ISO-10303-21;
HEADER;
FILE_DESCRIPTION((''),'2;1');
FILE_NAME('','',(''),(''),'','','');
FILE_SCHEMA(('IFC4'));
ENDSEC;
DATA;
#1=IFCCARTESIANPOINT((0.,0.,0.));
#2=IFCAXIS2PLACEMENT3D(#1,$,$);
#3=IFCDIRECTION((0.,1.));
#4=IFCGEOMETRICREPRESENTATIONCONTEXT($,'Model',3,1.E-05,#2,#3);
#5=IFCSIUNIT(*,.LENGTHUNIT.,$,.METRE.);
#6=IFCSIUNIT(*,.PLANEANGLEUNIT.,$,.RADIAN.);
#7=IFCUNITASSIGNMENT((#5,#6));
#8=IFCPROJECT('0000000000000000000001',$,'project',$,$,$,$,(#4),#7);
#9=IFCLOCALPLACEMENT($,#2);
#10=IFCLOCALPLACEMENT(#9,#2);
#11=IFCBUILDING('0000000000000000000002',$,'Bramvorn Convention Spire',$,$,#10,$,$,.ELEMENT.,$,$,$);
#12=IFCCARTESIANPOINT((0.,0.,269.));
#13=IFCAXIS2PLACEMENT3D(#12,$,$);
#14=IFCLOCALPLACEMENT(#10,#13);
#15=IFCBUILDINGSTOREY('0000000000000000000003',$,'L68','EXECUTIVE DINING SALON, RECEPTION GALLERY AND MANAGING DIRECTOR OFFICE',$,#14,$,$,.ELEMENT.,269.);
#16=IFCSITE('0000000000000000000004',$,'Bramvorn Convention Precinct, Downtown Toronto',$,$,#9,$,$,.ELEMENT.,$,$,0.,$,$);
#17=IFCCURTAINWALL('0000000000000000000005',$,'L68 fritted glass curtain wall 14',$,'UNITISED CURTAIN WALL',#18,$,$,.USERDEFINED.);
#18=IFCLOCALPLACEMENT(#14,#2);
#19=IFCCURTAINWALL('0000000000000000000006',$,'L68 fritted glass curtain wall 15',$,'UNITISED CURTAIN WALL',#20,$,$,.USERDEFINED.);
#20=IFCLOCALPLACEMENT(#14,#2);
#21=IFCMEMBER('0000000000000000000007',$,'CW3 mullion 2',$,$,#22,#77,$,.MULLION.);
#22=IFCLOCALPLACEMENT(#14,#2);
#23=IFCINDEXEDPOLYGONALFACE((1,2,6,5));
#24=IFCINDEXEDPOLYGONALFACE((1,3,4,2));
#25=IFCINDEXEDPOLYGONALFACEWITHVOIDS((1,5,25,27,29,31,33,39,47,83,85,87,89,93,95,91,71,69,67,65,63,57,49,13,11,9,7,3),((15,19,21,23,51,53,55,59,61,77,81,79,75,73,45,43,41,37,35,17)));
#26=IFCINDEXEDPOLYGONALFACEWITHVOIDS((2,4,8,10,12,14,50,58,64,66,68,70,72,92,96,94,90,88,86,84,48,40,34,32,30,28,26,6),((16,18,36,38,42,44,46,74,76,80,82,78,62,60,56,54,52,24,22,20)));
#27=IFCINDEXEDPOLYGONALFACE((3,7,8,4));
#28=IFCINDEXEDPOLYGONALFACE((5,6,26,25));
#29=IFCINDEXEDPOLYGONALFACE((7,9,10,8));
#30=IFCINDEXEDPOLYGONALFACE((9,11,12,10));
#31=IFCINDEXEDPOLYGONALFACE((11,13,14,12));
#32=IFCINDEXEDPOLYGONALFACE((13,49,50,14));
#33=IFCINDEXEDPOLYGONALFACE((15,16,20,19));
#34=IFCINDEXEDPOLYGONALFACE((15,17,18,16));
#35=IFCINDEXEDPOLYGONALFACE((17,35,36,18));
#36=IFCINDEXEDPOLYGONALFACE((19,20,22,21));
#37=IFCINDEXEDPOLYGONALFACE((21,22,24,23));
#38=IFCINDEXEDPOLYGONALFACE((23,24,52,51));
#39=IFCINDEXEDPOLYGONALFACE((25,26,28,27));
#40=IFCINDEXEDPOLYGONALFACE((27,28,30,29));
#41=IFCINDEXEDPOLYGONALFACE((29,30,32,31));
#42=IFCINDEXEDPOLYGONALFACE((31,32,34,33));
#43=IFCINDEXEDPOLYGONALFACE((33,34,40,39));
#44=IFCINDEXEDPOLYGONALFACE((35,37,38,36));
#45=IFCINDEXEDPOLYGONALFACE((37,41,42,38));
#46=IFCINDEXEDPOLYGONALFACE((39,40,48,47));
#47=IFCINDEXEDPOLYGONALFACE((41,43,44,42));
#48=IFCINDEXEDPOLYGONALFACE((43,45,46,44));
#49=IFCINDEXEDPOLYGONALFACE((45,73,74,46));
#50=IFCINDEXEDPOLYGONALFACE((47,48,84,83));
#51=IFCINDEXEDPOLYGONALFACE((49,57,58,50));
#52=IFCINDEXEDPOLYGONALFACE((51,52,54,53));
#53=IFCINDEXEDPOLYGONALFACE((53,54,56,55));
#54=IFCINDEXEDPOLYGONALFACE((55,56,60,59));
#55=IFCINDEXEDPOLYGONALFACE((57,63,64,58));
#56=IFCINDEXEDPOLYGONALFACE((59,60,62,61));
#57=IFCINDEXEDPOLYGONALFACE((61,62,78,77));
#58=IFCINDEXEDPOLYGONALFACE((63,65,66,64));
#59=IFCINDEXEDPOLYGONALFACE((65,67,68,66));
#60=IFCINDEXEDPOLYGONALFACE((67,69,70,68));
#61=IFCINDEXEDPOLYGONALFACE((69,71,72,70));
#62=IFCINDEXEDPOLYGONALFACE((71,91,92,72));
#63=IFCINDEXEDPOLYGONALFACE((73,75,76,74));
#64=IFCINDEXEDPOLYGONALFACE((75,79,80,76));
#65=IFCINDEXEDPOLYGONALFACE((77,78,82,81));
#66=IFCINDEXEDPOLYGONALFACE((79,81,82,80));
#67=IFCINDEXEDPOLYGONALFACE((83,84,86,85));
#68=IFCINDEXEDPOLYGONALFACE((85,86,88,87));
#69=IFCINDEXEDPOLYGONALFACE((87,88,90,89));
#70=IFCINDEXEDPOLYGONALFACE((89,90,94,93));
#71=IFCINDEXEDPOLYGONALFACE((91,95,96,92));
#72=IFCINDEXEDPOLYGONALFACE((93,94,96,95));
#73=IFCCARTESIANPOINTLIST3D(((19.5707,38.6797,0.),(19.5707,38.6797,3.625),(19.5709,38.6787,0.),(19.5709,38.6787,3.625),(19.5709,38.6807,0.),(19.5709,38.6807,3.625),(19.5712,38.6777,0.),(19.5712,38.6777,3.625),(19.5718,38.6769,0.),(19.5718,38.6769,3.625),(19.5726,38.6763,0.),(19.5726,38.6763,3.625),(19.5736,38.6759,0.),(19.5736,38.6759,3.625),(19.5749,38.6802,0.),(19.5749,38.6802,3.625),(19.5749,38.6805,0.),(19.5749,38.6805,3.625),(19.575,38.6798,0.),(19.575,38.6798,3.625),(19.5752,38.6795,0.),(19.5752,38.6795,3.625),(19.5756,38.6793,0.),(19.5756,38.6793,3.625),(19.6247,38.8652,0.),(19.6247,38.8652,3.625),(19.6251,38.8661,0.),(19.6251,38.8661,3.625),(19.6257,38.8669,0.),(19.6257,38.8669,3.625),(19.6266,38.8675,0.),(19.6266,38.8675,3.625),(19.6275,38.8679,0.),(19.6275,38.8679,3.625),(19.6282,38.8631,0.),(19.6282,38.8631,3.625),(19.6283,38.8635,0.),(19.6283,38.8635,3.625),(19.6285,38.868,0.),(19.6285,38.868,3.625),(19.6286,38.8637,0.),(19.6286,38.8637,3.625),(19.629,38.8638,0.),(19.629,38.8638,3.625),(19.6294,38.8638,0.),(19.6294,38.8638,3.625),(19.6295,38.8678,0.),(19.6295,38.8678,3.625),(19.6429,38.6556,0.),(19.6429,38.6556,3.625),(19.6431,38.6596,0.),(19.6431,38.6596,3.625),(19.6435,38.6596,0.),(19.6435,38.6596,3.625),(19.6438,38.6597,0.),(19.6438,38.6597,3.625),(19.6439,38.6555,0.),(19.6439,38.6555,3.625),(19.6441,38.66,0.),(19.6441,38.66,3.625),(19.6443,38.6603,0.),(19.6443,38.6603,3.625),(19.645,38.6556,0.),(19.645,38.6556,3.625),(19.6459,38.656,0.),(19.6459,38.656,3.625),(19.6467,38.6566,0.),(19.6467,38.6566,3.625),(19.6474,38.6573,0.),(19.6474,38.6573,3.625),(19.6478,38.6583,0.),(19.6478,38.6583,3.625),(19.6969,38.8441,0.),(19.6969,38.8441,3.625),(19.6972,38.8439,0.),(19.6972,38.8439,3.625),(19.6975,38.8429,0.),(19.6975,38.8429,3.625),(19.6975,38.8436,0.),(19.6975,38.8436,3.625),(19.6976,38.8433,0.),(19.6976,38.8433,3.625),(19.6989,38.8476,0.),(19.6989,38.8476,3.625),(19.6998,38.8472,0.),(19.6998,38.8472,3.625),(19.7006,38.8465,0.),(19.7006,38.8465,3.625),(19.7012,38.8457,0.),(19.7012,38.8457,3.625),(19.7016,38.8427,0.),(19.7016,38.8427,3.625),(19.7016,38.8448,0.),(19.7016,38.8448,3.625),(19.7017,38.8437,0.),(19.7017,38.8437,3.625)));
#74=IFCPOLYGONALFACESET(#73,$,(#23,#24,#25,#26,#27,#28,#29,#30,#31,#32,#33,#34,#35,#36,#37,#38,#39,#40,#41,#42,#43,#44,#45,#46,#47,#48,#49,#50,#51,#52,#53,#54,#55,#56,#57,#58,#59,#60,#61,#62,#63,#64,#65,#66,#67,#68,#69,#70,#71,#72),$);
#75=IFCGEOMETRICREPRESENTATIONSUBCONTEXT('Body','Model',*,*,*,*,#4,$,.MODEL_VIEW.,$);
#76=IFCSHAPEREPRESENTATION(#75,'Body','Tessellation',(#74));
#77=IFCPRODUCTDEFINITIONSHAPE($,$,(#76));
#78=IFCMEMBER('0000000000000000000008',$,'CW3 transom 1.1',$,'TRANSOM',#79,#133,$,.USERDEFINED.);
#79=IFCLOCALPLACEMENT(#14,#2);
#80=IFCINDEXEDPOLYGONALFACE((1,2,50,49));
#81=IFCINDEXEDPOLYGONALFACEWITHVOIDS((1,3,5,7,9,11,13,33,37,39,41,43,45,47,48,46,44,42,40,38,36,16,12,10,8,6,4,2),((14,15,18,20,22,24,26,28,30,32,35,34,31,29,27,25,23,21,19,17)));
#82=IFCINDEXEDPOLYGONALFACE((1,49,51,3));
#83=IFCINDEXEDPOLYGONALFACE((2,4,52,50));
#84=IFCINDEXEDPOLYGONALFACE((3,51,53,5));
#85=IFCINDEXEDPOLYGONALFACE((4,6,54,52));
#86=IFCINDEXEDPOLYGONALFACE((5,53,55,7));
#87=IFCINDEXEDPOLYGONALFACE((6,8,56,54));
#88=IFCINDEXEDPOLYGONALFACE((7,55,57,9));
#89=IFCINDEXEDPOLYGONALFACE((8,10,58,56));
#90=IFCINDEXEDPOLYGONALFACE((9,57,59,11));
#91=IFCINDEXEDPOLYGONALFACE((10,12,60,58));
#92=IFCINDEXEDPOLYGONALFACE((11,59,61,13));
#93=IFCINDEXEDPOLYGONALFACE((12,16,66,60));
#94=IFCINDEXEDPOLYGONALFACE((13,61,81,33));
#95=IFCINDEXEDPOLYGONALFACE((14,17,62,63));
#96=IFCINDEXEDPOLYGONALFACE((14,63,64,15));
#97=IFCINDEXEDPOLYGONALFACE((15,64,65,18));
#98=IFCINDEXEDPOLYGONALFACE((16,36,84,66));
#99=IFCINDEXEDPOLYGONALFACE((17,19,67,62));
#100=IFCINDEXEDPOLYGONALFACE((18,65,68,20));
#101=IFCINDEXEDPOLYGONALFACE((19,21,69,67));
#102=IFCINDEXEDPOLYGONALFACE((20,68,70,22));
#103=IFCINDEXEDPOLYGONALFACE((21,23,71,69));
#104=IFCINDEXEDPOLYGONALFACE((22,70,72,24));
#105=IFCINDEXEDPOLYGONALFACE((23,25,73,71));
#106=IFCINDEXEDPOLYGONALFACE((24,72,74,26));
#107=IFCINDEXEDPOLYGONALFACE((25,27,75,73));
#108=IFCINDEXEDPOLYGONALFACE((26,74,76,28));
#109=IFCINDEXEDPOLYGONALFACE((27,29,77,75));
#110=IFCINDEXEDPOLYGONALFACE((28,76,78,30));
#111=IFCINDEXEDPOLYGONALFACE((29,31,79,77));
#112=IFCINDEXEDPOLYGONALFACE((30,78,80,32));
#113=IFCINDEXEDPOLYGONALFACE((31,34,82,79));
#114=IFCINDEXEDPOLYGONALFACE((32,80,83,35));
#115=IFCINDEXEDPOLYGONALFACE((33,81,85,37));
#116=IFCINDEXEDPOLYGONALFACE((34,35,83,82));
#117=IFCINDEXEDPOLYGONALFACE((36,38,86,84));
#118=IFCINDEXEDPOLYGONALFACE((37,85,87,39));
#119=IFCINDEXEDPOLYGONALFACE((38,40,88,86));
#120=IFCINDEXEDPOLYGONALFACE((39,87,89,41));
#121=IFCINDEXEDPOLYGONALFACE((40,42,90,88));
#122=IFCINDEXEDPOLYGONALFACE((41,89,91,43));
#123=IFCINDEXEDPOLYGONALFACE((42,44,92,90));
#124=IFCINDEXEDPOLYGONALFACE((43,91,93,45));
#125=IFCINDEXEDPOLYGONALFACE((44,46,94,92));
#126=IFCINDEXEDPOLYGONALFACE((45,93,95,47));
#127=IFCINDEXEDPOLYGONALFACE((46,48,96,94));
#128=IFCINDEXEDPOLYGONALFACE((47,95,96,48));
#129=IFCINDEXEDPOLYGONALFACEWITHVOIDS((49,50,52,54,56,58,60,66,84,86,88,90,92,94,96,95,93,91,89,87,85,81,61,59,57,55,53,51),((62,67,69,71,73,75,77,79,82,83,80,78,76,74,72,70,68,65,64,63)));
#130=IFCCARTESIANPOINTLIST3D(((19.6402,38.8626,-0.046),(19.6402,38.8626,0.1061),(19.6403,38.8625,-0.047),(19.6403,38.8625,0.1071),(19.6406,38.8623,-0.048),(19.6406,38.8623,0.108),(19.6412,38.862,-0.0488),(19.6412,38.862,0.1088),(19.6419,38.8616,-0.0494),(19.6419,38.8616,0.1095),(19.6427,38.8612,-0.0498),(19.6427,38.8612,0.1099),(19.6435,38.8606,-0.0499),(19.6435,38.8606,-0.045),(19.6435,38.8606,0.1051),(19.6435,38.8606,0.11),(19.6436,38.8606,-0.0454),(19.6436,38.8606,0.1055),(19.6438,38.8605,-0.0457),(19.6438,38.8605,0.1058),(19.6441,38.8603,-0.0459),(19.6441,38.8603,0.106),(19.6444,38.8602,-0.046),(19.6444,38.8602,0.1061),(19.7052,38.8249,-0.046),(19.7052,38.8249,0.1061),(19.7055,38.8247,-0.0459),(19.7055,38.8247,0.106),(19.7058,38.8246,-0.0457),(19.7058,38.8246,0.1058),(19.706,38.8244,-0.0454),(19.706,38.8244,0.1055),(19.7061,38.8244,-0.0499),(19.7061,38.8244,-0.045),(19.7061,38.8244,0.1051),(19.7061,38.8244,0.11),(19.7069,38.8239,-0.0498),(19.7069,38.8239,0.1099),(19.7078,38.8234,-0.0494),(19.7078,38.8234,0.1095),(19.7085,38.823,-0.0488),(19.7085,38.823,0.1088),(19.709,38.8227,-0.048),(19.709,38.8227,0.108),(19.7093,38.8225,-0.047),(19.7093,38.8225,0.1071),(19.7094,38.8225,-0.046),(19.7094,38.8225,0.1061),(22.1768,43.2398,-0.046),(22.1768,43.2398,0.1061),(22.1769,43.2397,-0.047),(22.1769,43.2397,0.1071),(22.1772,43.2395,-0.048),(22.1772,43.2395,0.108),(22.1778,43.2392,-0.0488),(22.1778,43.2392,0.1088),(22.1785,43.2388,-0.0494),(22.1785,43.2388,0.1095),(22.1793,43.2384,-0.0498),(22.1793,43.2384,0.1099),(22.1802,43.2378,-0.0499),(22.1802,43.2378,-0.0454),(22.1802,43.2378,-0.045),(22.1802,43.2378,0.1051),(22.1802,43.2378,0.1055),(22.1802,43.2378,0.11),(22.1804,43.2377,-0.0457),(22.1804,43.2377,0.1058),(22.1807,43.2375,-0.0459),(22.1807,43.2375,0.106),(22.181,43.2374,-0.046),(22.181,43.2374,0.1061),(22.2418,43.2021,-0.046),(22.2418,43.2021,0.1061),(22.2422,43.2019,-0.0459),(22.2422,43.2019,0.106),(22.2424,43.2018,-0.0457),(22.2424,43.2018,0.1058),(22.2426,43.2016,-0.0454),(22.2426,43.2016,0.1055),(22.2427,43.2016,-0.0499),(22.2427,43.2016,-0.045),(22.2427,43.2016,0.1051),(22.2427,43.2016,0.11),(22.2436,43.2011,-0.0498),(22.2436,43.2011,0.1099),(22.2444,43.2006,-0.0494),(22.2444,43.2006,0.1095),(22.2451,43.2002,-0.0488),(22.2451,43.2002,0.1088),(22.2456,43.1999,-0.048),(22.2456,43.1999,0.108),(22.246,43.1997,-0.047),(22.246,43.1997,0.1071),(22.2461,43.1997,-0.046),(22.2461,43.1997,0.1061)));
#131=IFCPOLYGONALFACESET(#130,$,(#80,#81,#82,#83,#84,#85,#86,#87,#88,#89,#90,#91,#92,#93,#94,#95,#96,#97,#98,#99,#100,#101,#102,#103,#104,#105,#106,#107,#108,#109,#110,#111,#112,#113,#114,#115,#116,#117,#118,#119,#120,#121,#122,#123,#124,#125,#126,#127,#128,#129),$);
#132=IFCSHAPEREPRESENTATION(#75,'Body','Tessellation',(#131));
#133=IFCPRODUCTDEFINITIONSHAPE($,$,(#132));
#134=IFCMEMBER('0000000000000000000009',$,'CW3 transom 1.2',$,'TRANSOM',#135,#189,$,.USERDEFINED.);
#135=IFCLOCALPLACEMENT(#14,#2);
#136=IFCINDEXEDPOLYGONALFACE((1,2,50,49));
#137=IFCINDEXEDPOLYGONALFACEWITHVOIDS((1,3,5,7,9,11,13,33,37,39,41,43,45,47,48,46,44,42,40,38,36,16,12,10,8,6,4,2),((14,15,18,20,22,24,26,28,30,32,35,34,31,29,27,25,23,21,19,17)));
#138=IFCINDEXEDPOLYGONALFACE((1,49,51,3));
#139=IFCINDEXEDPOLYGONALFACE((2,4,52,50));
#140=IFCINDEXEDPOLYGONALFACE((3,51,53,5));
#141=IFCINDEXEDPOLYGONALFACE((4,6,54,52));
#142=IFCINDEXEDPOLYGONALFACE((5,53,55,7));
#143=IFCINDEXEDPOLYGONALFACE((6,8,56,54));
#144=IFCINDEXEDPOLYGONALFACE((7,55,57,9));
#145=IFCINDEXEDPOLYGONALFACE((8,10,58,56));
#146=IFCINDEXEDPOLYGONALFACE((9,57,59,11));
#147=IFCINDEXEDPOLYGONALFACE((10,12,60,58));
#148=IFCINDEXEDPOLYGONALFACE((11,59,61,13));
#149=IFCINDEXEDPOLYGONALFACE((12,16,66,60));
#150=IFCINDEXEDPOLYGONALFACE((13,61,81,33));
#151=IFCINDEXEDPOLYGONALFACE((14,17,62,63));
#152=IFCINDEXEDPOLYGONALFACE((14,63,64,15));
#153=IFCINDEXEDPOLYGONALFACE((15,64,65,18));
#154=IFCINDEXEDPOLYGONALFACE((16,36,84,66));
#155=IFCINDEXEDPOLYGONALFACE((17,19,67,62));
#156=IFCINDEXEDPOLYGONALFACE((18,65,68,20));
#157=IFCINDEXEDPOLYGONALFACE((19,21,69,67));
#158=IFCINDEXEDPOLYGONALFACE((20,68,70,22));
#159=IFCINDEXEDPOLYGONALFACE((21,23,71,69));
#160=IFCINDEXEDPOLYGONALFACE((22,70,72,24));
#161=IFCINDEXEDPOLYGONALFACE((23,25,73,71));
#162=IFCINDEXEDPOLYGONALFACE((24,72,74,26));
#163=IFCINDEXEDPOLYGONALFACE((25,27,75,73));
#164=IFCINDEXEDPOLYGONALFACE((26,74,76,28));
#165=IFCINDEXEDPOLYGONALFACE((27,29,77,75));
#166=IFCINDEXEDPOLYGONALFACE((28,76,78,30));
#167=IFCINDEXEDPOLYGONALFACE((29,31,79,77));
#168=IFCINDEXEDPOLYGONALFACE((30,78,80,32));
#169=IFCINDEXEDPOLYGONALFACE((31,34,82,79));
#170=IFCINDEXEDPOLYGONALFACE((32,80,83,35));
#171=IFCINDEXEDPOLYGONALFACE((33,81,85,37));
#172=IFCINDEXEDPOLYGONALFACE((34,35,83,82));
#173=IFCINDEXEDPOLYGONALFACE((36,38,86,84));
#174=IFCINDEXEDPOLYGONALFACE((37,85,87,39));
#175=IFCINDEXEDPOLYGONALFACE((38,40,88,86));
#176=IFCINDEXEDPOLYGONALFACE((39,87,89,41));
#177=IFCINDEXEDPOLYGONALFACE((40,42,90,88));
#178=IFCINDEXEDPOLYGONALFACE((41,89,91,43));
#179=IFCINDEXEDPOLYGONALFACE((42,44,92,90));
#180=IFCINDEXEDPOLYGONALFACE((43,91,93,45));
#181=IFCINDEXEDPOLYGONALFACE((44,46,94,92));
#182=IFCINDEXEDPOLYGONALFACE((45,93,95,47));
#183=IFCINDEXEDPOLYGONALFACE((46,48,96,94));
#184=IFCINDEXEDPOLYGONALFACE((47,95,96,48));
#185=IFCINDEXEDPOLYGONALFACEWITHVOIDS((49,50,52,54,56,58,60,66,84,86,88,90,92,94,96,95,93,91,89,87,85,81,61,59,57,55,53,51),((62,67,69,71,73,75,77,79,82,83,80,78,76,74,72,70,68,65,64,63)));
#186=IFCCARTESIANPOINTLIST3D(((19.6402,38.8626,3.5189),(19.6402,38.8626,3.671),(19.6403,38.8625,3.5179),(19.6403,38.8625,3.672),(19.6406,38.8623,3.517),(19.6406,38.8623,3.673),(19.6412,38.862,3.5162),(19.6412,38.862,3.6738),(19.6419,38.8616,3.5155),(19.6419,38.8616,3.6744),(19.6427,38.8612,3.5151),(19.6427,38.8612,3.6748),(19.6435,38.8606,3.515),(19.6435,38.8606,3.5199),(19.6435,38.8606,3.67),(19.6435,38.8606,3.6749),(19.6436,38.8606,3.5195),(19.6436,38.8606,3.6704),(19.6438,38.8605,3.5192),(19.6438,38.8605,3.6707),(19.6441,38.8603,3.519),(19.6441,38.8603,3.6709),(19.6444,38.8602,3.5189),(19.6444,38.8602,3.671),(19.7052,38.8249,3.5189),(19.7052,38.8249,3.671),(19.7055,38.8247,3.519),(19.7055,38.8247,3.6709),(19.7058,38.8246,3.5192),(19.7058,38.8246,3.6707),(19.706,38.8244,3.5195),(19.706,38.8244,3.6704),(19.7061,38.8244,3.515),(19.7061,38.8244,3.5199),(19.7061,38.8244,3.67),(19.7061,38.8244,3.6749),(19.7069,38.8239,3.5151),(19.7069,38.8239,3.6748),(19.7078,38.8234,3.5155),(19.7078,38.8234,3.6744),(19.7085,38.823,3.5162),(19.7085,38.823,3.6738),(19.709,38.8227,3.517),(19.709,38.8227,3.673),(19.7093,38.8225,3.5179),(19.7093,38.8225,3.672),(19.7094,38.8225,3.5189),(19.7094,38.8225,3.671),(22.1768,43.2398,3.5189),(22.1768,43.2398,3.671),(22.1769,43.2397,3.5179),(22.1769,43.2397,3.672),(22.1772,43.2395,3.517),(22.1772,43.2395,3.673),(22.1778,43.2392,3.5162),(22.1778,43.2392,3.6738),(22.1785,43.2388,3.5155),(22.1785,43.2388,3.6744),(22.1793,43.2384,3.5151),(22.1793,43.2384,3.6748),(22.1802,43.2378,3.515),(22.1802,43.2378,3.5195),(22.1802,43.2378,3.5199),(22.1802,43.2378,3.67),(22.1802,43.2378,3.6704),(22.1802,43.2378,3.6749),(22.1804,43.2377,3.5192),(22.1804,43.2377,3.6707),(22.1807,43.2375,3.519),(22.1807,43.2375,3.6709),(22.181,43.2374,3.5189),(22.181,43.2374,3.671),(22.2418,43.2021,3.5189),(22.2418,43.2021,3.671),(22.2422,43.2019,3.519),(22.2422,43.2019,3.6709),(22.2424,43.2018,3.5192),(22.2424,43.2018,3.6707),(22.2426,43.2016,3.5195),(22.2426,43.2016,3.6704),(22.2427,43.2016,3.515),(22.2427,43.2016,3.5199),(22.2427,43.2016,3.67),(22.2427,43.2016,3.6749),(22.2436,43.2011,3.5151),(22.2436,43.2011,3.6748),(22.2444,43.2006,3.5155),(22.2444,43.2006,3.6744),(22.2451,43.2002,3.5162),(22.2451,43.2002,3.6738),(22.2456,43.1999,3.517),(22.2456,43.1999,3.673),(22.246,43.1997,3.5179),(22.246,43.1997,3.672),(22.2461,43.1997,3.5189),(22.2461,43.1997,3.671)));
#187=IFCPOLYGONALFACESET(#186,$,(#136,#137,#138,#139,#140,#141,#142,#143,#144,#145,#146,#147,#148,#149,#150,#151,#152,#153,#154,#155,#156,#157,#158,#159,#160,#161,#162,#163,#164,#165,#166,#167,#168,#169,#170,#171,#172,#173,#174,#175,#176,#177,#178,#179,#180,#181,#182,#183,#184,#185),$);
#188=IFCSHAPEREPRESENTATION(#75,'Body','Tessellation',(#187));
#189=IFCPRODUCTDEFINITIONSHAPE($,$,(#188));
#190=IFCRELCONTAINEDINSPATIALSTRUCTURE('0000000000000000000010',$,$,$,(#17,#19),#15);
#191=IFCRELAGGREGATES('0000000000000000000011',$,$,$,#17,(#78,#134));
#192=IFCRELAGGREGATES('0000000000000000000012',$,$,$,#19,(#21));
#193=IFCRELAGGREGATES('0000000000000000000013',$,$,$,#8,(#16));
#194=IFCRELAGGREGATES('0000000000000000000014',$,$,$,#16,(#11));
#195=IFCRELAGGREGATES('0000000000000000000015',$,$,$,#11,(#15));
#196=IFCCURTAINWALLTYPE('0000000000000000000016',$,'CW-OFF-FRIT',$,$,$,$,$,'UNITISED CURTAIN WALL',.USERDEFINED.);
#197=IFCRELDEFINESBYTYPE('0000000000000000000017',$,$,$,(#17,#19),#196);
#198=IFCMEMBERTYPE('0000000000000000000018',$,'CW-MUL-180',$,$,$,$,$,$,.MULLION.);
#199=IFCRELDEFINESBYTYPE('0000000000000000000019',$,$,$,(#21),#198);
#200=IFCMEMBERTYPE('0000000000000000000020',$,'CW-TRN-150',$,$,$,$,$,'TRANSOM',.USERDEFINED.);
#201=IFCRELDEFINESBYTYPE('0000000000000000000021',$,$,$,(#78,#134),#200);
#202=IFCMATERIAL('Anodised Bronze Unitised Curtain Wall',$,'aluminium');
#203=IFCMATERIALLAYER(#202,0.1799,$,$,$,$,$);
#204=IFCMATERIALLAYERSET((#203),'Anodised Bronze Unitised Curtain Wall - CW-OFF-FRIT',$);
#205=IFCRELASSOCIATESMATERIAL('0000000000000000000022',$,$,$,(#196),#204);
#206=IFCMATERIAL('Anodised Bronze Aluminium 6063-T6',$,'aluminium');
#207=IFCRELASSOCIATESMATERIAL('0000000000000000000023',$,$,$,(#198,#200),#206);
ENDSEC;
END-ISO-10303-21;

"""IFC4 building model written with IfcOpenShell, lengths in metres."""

from ifc_helpers import new_model, si_unit, direction, frame, origin, origin_2d, place, context, subcontext, project, spatial, hollow_rectangle, extrude, material, layer, layer_set, material_profile, profile_set, type_object, element, aggregate, save


model = new_model("IFC4")

# Units and contexts
model_context = context("Model", 3, precision=1e-05, world=origin(), true_north=direction((0.0, 1.0)))
body_context = subcontext(model_context, "Body", "Model", "MODEL_VIEW")
ifc_project = project(units=[si_unit("LENGTHUNIT", "METRE"), si_unit("PLANEANGLEUNIT", "RADIAN")], contexts=[model_context])

# Site, building, storey
site_placement = place(None, origin())
site = spatial("IfcSite", under=ifc_project, at=site_placement, Name="Bramvorn Convention Precinct, Downtown Toronto", CompositionType="ELEMENT", RefElevation=0.0)
building_placement = place(site_placement, origin())
building = spatial("IfcBuilding", under=site, at=building_placement, Name="Bramvorn Convention Spire", CompositionType="ELEMENT")
storey_placement = place(building_placement, frame((0.0, 0.0, 269.0)))
storey = spatial("IfcBuildingStorey", under=building, at=storey_placement, Name="L68", Description="EXECUTIVE DINING SALON, RECEPTION GALLERY AND MANAGING DIRECTOR OFFICE", CompositionType="ELEMENT", Elevation=269.0)

# Curtain wall
ifc_material_1 = material(Name="Anodised Bronze Unitised Curtain Wall", Category="aluminium")
ifc_layer_1 = layer(ifc_material_1, 0.1799)
ifc_layer_set_1 = layer_set([ifc_layer_1], Name="Anodised Bronze Unitised Curtain Wall - CW-OFF-FRIT")
curtain_wall_type = type_object("IfcCurtainWallType", Name="CW-OFF-FRIT", ElementType="UNITISED CURTAIN WALL", PredefinedType="USERDEFINED", material=ifc_layer_set_1)
curtain_wall_1_placement = place(storey_placement, origin())
curtain_wall_1 = element("IfcCurtainWall", 1, at=curtain_wall_1_placement, inside=storey, type_object=curtain_wall_type, Name="L68 fritted glass curtain wall 14", ObjectType="UNITISED CURTAIN WALL", PredefinedType="USERDEFINED")
ifc_material_2 = material(Name="Anodised Bronze Aluminium 6063-T6", Category="aluminium")
ifc_material_profile_1 = material_profile(ifc_material_2, hollow_rectangle(XDim=0.0801, YDim=0.2, WallThickness=0.0039, InnerFilletRadius=0.001, OuterFilletRadius=0.0039, at=origin_2d()))
ifc_profile_set_1 = profile_set([ifc_material_profile_1], Name="Anodised Bronze Aluminium 6063-T6 - CWM80X200")
member_type_1 = type_object("IfcMemberType", Name="CW-MUL-180", PredefinedType="MULLION", material=ifc_profile_set_1)

# Curtain wall, member
curtain_wall_2_placement = place(storey_placement, origin())
curtain_wall_2 = element("IfcCurtainWall", 2, at=curtain_wall_2_placement, inside=storey, type_object=curtain_wall_type, Name="L68 fritted glass curtain wall 15", ObjectType="UNITISED CURTAIN WALL", PredefinedType="USERDEFINED")
member_1_placement = place(storey_placement, frame((19.6362, 38.7617, 0.0), z_axis=(0.0, 0.0, 1.0), x_axis=(-0.96002, 0.279933, 0.0)))
member_1 = element("IfcMember", 3, at=member_1_placement, type_object=member_type_1, Name="CW3 mullion 2", PredefinedType="MULLION", context=body_context, shape_type="SweptSolid", body=[
    extrude(hollow_rectangle(XDim=0.0801, YDim=0.2, WallThickness=0.0039, InnerFilletRadius=0.001, OuterFilletRadius=0.0039, at=origin_2d()), origin(), (0.0, 0.0, 1.0), 3.625),
])

# Members
ifc_material_profile_2 = material_profile(ifc_material_2, hollow_rectangle(XDim=0.0801, YDim=0.1599, WallThickness=0.0039, InnerFilletRadius=0.001, OuterFilletRadius=0.0039, at=origin_2d()))
ifc_profile_set_2 = profile_set([ifc_material_profile_2], Name="Anodised Bronze Aluminium 6063-T6 - CWT80X160")
member_type_2 = type_object("IfcMemberType", Name="CW-TRN-150", ElementType="TRANSOM", PredefinedType="USERDEFINED", material=ifc_profile_set_2)
member_2_placement = place(storey_placement, frame((19.6748, 38.8425, 0.03), z_axis=(0.5014, 0.865216, 0.0), x_axis=(-0.865216, 0.5014, 0.0)))
member_2 = element("IfcMember", 4, at=member_2_placement, type_object=member_type_2, Name="CW3 transom 1.1", ObjectType="TRANSOM", PredefinedType="USERDEFINED", context=body_context, shape_type="SweptSolid", body=[
    extrude(hollow_rectangle(XDim=0.0801, YDim=0.1599, WallThickness=0.0039, InnerFilletRadius=0.001, OuterFilletRadius=0.0039, at=origin_2d()), origin(), (0.0, 0.0, 1.0), 5.0591),
])
member_3_placement = place(storey_placement, frame((19.6748, 38.8425, 3.595), z_axis=(0.5014, 0.865216, 0.0), x_axis=(-0.865216, 0.5014, 0.0)))
member_3 = element("IfcMember", 5, at=member_3_placement, type_object=member_type_2, Name="CW3 transom 1.2", ObjectType="TRANSOM", PredefinedType="USERDEFINED", context=body_context, shape_type="SweptSolid", body=[
    extrude(hollow_rectangle(XDim=0.0801, YDim=0.1599, WallThickness=0.0039, InnerFilletRadius=0.001, OuterFilletRadius=0.0039, at=origin_2d()), origin(), (0.0, 0.0, 1.0), 5.0591),
])

aggregate(curtain_wall_1, [member_2, member_3])
aggregate(curtain_wall_2, [member_1])

save(model, "model.ifc")
